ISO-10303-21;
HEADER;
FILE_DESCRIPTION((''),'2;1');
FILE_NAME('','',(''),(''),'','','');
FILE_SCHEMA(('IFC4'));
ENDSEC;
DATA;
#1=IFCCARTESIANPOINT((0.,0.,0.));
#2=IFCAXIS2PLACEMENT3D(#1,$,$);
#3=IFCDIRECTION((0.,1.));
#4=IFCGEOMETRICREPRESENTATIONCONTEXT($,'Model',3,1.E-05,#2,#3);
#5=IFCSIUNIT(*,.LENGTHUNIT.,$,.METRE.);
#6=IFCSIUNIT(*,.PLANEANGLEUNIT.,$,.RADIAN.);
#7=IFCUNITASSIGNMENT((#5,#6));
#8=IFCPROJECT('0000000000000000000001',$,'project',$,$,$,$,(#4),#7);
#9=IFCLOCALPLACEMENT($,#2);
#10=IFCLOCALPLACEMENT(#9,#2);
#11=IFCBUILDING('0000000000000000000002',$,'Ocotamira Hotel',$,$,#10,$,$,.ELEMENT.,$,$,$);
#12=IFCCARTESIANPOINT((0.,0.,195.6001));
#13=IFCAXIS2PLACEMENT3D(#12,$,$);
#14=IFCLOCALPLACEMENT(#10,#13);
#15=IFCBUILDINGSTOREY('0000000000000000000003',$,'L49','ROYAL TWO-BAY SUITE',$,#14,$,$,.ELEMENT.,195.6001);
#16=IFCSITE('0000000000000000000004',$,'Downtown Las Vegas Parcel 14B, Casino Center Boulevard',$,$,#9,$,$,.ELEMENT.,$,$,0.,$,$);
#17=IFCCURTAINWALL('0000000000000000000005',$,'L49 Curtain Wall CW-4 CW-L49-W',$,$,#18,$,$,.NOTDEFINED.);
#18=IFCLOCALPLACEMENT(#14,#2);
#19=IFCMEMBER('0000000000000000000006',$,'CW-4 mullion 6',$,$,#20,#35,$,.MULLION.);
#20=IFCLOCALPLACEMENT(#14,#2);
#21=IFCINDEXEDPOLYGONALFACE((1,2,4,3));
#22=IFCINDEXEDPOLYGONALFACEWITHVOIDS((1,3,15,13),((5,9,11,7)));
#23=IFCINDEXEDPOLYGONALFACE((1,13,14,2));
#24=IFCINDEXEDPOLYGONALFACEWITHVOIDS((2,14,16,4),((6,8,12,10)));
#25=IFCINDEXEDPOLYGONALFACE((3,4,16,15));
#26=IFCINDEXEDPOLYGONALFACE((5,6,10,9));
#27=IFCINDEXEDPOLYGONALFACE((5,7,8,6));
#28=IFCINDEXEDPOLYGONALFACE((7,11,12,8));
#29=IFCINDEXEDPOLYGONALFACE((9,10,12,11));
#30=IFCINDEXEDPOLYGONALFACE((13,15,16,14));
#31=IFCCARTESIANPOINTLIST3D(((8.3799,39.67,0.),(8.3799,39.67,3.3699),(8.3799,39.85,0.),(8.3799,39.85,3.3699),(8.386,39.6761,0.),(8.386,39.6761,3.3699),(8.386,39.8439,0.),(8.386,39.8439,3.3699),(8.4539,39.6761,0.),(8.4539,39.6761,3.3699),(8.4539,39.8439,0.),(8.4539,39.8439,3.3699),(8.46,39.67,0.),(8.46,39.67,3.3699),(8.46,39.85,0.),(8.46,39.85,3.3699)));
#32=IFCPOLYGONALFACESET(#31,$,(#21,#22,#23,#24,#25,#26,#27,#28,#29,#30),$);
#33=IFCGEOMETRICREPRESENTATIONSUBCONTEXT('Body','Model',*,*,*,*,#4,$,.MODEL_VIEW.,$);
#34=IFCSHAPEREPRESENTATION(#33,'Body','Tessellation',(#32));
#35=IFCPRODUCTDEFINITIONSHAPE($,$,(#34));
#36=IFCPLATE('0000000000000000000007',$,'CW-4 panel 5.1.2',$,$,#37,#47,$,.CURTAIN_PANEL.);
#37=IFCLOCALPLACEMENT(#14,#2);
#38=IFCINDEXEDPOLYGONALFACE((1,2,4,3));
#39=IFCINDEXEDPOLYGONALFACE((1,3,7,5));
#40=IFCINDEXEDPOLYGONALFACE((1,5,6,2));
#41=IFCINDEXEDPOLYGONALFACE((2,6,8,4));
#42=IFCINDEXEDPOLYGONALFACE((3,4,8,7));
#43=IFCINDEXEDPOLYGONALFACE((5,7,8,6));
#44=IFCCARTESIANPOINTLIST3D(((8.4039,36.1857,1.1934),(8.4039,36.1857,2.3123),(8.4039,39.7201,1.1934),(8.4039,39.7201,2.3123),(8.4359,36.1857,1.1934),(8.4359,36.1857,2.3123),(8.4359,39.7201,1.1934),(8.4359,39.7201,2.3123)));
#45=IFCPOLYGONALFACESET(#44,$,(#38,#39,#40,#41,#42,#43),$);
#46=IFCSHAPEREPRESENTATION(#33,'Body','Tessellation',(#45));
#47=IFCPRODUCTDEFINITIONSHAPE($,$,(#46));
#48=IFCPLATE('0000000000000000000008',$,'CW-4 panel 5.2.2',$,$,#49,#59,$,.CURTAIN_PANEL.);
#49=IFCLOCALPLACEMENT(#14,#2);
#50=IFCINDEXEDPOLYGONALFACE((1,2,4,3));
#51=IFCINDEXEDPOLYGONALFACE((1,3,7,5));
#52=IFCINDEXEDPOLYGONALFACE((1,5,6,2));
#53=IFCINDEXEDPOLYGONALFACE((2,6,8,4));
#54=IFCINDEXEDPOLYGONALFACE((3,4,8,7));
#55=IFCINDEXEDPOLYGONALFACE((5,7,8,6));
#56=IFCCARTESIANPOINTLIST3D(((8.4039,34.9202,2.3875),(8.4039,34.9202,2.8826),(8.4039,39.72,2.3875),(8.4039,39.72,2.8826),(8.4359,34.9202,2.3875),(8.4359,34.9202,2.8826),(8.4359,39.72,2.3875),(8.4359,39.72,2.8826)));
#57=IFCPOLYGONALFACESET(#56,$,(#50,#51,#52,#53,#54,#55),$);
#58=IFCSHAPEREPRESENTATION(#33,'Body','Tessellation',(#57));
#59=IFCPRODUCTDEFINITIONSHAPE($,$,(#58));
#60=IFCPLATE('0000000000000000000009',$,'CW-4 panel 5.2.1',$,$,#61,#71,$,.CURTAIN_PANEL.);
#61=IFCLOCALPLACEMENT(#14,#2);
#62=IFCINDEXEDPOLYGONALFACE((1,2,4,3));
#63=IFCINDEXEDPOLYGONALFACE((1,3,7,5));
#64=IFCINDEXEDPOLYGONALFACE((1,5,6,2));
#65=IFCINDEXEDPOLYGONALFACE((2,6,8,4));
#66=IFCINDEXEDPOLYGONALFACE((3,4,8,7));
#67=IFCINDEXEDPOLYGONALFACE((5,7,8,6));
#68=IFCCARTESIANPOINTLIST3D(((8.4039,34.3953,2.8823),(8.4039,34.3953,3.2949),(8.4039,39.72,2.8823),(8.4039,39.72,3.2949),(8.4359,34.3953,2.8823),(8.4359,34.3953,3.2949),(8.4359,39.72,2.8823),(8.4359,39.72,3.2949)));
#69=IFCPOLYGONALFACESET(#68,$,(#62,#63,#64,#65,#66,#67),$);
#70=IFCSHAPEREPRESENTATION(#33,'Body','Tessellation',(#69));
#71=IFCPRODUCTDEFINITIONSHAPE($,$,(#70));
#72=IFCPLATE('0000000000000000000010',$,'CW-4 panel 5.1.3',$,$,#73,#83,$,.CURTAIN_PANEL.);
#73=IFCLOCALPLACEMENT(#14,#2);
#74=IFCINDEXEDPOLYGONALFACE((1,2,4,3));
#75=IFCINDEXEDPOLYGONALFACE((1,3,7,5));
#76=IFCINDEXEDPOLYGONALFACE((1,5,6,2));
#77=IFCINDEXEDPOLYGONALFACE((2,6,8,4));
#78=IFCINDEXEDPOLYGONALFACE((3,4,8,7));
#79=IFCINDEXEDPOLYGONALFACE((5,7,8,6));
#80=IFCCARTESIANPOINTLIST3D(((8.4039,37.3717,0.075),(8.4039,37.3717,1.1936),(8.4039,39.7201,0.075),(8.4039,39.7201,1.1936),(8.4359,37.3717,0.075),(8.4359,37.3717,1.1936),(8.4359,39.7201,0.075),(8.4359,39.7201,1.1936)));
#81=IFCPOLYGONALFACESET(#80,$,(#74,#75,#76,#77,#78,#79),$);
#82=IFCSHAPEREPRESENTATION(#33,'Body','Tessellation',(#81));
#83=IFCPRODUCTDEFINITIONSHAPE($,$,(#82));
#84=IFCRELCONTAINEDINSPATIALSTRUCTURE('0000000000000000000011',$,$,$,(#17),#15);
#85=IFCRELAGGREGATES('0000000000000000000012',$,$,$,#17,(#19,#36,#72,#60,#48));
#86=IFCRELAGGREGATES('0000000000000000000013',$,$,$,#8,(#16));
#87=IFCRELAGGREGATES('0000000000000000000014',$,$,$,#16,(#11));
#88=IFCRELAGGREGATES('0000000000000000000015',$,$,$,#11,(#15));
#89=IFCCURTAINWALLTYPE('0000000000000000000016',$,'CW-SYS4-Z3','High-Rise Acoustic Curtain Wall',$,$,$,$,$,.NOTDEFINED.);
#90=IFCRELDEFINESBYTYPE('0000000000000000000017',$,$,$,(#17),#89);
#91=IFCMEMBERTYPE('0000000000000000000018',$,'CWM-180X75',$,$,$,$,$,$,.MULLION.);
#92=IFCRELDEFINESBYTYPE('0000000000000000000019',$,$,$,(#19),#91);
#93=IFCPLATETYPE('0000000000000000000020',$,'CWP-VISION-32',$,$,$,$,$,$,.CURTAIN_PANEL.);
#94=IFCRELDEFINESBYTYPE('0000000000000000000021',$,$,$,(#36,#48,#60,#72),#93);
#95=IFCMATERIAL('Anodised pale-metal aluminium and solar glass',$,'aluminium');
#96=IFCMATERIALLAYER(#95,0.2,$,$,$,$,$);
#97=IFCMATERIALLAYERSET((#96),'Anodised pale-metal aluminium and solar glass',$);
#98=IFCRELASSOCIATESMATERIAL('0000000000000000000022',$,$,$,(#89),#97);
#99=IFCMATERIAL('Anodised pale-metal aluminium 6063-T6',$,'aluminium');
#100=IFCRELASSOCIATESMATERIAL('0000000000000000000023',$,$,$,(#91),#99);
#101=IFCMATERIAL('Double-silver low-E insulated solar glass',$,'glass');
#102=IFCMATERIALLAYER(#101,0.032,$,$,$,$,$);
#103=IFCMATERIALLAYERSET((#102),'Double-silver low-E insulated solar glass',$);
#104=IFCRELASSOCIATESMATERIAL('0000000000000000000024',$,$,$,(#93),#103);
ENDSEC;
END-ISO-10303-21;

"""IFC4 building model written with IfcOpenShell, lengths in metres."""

from ifc_helpers import new_model, si_unit, direction, frame, origin, origin_2d, place, context, subcontext, project, spatial, rectangle, hollow_rectangle, extrude, source, transform, mapped, material, layer, layer_set, material_profile, profile_set, type_object, element, aggregate, save


model = new_model("IFC4")

# Units and contexts
model_context = context("Model", 3, precision=1e-05, world=origin(), true_north=direction((0.0, 1.0)))
body_context = subcontext(model_context, "Body", "Model", "MODEL_VIEW")
ifc_project = project(units=[si_unit("LENGTHUNIT", "METRE"), si_unit("PLANEANGLEUNIT", "RADIAN")], contexts=[model_context])

# Site, building, storey
site_placement = place(None, origin())
site = spatial("IfcSite", under=ifc_project, at=site_placement, Name="Downtown Las Vegas Parcel 14B, Casino Center Boulevard", CompositionType="ELEMENT", RefElevation=0.0)
building_placement = place(site_placement, origin())
building = spatial("IfcBuilding", under=site, at=building_placement, Name="Ocotamira Hotel", CompositionType="ELEMENT")
storey_placement = place(building_placement, frame((0.0, 0.0, 195.6001)))
storey = spatial("IfcBuildingStorey", under=building, at=storey_placement, Name="L49", Description="ROYAL TWO-BAY SUITE", CompositionType="ELEMENT", Elevation=195.6001)

# Curtain wall, member, plates
ifc_material_1 = material(Name="Anodised pale-metal aluminium and solar glass", Category="aluminium")
ifc_layer_1 = layer(ifc_material_1, 0.2)
ifc_layer_set_1 = layer_set([ifc_layer_1], Name="Anodised pale-metal aluminium and solar glass")
curtain_wall_type = type_object("IfcCurtainWallType", Name="CW-SYS4-Z3", Description="High-Rise Acoustic Curtain Wall", PredefinedType="NOTDEFINED", material=ifc_layer_set_1)
curtain_wall_placement = place(storey_placement, origin())
curtain_wall = element("IfcCurtainWall", 1, at=curtain_wall_placement, inside=storey, type_object=curtain_wall_type, Name="L49 Curtain Wall CW-4 CW-L49-W", PredefinedType="NOTDEFINED")
ifc_material_2 = material(Name="Anodised pale-metal aluminium 6063-T6", Category="aluminium")
ifc_material_profile_1 = material_profile(ifc_material_2, hollow_rectangle(XDim=0.0801, YDim=0.1799, WallThickness=0.0061, at=origin_2d()), Name="HSS180X80X6")
ifc_profile_set_1 = profile_set([ifc_material_profile_1], Name="Anodised pale-metal aluminium 6063-T6")
member_type_1 = type_object("IfcMemberType", Name="CWM-180X75", PredefinedType="MULLION", material=ifc_profile_set_1)
shared_shape_1 = source(origin(), body_context, "Body", "SweptSolid", [
    extrude(hollow_rectangle(XDim=0.0801, YDim=0.1799, WallThickness=0.0061, at=origin_2d()), origin(), (0.0, 0.0, 1.0), 3.3699),
])
member_1_placement = place(storey_placement, frame((8.4199, 39.76, 0.0), z_axis=(0.0, 0.0, 1.0), x_axis=(-1.0, 0.0, 0.0)))
member_1 = element("IfcMember", 2, at=member_1_placement, type_object=member_type_1, Name="CW-4 mullion 6", PredefinedType="MULLION", context=body_context, shape_type="MappedRepresentation", body=[
    mapped(shared_shape_1, transform((0.0, 0.0, 0.0), scale=1.0)),
])
ifc_material_3 = material(Name="Double-silver low-E insulated solar glass", Category="glass")
ifc_layer_2 = layer(ifc_material_3, 0.032)
ifc_layer_set_2 = layer_set([ifc_layer_2], Name="Double-silver low-E insulated solar glass")
plate_type = type_object("IfcPlateType", Name="CWP-VISION-32", PredefinedType="CURTAIN_PANEL", material=ifc_layer_set_2)
shared_shape_2 = source(origin(), body_context, "Body", "SweptSolid", [
    extrude(rectangle(XDim=3.5344, YDim=0.032, at=origin_2d()), origin(), (0.0, 0.0, 1.0), 1.1189),
])
plate_1_placement = place(storey_placement, frame((8.4199, 37.9529, 1.1934), z_axis=(0.0, 0.0, 1.0), x_axis=(0.0, 1.0, 0.0)))
plate_1 = element("IfcPlate", 3, at=plate_1_placement, type_object=plate_type, Name="CW-4 panel 5.1.2", PredefinedType="CURTAIN_PANEL", context=body_context, shape_type="MappedRepresentation", body=[
    mapped(shared_shape_2, transform((0.0, 0.0, 0.0), scale=1.0)),
])
shared_shape_3 = source(origin(), body_context, "Body", "SweptSolid", [
    extrude(rectangle(XDim=4.7998, YDim=0.032, at=origin_2d()), origin(), (0.0, 0.0, 1.0), 0.4951),
])
plate_2_placement = place(storey_placement, frame((8.4199, 37.3201, 2.3875), z_axis=(0.0, 0.0, 1.0), x_axis=(0.0, 1.0, 0.0)))
plate_2 = element("IfcPlate", 4, at=plate_2_placement, type_object=plate_type, Name="CW-4 panel 5.2.2", PredefinedType="CURTAIN_PANEL", context=body_context, shape_type="MappedRepresentation", body=[
    mapped(shared_shape_3, transform((0.0, 0.0, 0.0), scale=1.0)),
])
shared_shape_4 = source(origin(), body_context, "Body", "SweptSolid", [
    extrude(rectangle(XDim=5.3247, YDim=0.032, at=origin_2d()), origin(), (0.0, 0.0, 1.0), 0.4126),
])
plate_3_placement = place(storey_placement, frame((8.4199, 37.0576, 2.8823), z_axis=(0.0, 0.0, 1.0), x_axis=(0.0, 1.0, 0.0)))
plate_3 = element("IfcPlate", 5, at=plate_3_placement, type_object=plate_type, Name="CW-4 panel 5.2.1", PredefinedType="CURTAIN_PANEL", context=body_context, shape_type="MappedRepresentation", body=[
    mapped(shared_shape_4, transform((0.0, 0.0, 0.0), scale=1.0)),
])
shared_shape_5 = source(origin(), body_context, "Body", "SweptSolid", [
    extrude(rectangle(XDim=2.3484, YDim=0.032, at=origin_2d()), origin(), (0.0, 0.0, 1.0), 1.1187),
])
plate_4_placement = place(storey_placement, frame((8.4199, 38.5459, 0.075), z_axis=(0.0, 0.0, 1.0), x_axis=(0.0, 1.0, 0.0)))
plate_4 = element("IfcPlate", 6, at=plate_4_placement, type_object=plate_type, Name="CW-4 panel 5.1.3", PredefinedType="CURTAIN_PANEL", context=body_context, shape_type="MappedRepresentation", body=[
    mapped(shared_shape_5, transform((0.0, 0.0, 0.0), scale=1.0)),
])
aggregate(curtain_wall, [member_1, plate_1, plate_4, plate_3, plate_2])

save(model, "model.ifc")
